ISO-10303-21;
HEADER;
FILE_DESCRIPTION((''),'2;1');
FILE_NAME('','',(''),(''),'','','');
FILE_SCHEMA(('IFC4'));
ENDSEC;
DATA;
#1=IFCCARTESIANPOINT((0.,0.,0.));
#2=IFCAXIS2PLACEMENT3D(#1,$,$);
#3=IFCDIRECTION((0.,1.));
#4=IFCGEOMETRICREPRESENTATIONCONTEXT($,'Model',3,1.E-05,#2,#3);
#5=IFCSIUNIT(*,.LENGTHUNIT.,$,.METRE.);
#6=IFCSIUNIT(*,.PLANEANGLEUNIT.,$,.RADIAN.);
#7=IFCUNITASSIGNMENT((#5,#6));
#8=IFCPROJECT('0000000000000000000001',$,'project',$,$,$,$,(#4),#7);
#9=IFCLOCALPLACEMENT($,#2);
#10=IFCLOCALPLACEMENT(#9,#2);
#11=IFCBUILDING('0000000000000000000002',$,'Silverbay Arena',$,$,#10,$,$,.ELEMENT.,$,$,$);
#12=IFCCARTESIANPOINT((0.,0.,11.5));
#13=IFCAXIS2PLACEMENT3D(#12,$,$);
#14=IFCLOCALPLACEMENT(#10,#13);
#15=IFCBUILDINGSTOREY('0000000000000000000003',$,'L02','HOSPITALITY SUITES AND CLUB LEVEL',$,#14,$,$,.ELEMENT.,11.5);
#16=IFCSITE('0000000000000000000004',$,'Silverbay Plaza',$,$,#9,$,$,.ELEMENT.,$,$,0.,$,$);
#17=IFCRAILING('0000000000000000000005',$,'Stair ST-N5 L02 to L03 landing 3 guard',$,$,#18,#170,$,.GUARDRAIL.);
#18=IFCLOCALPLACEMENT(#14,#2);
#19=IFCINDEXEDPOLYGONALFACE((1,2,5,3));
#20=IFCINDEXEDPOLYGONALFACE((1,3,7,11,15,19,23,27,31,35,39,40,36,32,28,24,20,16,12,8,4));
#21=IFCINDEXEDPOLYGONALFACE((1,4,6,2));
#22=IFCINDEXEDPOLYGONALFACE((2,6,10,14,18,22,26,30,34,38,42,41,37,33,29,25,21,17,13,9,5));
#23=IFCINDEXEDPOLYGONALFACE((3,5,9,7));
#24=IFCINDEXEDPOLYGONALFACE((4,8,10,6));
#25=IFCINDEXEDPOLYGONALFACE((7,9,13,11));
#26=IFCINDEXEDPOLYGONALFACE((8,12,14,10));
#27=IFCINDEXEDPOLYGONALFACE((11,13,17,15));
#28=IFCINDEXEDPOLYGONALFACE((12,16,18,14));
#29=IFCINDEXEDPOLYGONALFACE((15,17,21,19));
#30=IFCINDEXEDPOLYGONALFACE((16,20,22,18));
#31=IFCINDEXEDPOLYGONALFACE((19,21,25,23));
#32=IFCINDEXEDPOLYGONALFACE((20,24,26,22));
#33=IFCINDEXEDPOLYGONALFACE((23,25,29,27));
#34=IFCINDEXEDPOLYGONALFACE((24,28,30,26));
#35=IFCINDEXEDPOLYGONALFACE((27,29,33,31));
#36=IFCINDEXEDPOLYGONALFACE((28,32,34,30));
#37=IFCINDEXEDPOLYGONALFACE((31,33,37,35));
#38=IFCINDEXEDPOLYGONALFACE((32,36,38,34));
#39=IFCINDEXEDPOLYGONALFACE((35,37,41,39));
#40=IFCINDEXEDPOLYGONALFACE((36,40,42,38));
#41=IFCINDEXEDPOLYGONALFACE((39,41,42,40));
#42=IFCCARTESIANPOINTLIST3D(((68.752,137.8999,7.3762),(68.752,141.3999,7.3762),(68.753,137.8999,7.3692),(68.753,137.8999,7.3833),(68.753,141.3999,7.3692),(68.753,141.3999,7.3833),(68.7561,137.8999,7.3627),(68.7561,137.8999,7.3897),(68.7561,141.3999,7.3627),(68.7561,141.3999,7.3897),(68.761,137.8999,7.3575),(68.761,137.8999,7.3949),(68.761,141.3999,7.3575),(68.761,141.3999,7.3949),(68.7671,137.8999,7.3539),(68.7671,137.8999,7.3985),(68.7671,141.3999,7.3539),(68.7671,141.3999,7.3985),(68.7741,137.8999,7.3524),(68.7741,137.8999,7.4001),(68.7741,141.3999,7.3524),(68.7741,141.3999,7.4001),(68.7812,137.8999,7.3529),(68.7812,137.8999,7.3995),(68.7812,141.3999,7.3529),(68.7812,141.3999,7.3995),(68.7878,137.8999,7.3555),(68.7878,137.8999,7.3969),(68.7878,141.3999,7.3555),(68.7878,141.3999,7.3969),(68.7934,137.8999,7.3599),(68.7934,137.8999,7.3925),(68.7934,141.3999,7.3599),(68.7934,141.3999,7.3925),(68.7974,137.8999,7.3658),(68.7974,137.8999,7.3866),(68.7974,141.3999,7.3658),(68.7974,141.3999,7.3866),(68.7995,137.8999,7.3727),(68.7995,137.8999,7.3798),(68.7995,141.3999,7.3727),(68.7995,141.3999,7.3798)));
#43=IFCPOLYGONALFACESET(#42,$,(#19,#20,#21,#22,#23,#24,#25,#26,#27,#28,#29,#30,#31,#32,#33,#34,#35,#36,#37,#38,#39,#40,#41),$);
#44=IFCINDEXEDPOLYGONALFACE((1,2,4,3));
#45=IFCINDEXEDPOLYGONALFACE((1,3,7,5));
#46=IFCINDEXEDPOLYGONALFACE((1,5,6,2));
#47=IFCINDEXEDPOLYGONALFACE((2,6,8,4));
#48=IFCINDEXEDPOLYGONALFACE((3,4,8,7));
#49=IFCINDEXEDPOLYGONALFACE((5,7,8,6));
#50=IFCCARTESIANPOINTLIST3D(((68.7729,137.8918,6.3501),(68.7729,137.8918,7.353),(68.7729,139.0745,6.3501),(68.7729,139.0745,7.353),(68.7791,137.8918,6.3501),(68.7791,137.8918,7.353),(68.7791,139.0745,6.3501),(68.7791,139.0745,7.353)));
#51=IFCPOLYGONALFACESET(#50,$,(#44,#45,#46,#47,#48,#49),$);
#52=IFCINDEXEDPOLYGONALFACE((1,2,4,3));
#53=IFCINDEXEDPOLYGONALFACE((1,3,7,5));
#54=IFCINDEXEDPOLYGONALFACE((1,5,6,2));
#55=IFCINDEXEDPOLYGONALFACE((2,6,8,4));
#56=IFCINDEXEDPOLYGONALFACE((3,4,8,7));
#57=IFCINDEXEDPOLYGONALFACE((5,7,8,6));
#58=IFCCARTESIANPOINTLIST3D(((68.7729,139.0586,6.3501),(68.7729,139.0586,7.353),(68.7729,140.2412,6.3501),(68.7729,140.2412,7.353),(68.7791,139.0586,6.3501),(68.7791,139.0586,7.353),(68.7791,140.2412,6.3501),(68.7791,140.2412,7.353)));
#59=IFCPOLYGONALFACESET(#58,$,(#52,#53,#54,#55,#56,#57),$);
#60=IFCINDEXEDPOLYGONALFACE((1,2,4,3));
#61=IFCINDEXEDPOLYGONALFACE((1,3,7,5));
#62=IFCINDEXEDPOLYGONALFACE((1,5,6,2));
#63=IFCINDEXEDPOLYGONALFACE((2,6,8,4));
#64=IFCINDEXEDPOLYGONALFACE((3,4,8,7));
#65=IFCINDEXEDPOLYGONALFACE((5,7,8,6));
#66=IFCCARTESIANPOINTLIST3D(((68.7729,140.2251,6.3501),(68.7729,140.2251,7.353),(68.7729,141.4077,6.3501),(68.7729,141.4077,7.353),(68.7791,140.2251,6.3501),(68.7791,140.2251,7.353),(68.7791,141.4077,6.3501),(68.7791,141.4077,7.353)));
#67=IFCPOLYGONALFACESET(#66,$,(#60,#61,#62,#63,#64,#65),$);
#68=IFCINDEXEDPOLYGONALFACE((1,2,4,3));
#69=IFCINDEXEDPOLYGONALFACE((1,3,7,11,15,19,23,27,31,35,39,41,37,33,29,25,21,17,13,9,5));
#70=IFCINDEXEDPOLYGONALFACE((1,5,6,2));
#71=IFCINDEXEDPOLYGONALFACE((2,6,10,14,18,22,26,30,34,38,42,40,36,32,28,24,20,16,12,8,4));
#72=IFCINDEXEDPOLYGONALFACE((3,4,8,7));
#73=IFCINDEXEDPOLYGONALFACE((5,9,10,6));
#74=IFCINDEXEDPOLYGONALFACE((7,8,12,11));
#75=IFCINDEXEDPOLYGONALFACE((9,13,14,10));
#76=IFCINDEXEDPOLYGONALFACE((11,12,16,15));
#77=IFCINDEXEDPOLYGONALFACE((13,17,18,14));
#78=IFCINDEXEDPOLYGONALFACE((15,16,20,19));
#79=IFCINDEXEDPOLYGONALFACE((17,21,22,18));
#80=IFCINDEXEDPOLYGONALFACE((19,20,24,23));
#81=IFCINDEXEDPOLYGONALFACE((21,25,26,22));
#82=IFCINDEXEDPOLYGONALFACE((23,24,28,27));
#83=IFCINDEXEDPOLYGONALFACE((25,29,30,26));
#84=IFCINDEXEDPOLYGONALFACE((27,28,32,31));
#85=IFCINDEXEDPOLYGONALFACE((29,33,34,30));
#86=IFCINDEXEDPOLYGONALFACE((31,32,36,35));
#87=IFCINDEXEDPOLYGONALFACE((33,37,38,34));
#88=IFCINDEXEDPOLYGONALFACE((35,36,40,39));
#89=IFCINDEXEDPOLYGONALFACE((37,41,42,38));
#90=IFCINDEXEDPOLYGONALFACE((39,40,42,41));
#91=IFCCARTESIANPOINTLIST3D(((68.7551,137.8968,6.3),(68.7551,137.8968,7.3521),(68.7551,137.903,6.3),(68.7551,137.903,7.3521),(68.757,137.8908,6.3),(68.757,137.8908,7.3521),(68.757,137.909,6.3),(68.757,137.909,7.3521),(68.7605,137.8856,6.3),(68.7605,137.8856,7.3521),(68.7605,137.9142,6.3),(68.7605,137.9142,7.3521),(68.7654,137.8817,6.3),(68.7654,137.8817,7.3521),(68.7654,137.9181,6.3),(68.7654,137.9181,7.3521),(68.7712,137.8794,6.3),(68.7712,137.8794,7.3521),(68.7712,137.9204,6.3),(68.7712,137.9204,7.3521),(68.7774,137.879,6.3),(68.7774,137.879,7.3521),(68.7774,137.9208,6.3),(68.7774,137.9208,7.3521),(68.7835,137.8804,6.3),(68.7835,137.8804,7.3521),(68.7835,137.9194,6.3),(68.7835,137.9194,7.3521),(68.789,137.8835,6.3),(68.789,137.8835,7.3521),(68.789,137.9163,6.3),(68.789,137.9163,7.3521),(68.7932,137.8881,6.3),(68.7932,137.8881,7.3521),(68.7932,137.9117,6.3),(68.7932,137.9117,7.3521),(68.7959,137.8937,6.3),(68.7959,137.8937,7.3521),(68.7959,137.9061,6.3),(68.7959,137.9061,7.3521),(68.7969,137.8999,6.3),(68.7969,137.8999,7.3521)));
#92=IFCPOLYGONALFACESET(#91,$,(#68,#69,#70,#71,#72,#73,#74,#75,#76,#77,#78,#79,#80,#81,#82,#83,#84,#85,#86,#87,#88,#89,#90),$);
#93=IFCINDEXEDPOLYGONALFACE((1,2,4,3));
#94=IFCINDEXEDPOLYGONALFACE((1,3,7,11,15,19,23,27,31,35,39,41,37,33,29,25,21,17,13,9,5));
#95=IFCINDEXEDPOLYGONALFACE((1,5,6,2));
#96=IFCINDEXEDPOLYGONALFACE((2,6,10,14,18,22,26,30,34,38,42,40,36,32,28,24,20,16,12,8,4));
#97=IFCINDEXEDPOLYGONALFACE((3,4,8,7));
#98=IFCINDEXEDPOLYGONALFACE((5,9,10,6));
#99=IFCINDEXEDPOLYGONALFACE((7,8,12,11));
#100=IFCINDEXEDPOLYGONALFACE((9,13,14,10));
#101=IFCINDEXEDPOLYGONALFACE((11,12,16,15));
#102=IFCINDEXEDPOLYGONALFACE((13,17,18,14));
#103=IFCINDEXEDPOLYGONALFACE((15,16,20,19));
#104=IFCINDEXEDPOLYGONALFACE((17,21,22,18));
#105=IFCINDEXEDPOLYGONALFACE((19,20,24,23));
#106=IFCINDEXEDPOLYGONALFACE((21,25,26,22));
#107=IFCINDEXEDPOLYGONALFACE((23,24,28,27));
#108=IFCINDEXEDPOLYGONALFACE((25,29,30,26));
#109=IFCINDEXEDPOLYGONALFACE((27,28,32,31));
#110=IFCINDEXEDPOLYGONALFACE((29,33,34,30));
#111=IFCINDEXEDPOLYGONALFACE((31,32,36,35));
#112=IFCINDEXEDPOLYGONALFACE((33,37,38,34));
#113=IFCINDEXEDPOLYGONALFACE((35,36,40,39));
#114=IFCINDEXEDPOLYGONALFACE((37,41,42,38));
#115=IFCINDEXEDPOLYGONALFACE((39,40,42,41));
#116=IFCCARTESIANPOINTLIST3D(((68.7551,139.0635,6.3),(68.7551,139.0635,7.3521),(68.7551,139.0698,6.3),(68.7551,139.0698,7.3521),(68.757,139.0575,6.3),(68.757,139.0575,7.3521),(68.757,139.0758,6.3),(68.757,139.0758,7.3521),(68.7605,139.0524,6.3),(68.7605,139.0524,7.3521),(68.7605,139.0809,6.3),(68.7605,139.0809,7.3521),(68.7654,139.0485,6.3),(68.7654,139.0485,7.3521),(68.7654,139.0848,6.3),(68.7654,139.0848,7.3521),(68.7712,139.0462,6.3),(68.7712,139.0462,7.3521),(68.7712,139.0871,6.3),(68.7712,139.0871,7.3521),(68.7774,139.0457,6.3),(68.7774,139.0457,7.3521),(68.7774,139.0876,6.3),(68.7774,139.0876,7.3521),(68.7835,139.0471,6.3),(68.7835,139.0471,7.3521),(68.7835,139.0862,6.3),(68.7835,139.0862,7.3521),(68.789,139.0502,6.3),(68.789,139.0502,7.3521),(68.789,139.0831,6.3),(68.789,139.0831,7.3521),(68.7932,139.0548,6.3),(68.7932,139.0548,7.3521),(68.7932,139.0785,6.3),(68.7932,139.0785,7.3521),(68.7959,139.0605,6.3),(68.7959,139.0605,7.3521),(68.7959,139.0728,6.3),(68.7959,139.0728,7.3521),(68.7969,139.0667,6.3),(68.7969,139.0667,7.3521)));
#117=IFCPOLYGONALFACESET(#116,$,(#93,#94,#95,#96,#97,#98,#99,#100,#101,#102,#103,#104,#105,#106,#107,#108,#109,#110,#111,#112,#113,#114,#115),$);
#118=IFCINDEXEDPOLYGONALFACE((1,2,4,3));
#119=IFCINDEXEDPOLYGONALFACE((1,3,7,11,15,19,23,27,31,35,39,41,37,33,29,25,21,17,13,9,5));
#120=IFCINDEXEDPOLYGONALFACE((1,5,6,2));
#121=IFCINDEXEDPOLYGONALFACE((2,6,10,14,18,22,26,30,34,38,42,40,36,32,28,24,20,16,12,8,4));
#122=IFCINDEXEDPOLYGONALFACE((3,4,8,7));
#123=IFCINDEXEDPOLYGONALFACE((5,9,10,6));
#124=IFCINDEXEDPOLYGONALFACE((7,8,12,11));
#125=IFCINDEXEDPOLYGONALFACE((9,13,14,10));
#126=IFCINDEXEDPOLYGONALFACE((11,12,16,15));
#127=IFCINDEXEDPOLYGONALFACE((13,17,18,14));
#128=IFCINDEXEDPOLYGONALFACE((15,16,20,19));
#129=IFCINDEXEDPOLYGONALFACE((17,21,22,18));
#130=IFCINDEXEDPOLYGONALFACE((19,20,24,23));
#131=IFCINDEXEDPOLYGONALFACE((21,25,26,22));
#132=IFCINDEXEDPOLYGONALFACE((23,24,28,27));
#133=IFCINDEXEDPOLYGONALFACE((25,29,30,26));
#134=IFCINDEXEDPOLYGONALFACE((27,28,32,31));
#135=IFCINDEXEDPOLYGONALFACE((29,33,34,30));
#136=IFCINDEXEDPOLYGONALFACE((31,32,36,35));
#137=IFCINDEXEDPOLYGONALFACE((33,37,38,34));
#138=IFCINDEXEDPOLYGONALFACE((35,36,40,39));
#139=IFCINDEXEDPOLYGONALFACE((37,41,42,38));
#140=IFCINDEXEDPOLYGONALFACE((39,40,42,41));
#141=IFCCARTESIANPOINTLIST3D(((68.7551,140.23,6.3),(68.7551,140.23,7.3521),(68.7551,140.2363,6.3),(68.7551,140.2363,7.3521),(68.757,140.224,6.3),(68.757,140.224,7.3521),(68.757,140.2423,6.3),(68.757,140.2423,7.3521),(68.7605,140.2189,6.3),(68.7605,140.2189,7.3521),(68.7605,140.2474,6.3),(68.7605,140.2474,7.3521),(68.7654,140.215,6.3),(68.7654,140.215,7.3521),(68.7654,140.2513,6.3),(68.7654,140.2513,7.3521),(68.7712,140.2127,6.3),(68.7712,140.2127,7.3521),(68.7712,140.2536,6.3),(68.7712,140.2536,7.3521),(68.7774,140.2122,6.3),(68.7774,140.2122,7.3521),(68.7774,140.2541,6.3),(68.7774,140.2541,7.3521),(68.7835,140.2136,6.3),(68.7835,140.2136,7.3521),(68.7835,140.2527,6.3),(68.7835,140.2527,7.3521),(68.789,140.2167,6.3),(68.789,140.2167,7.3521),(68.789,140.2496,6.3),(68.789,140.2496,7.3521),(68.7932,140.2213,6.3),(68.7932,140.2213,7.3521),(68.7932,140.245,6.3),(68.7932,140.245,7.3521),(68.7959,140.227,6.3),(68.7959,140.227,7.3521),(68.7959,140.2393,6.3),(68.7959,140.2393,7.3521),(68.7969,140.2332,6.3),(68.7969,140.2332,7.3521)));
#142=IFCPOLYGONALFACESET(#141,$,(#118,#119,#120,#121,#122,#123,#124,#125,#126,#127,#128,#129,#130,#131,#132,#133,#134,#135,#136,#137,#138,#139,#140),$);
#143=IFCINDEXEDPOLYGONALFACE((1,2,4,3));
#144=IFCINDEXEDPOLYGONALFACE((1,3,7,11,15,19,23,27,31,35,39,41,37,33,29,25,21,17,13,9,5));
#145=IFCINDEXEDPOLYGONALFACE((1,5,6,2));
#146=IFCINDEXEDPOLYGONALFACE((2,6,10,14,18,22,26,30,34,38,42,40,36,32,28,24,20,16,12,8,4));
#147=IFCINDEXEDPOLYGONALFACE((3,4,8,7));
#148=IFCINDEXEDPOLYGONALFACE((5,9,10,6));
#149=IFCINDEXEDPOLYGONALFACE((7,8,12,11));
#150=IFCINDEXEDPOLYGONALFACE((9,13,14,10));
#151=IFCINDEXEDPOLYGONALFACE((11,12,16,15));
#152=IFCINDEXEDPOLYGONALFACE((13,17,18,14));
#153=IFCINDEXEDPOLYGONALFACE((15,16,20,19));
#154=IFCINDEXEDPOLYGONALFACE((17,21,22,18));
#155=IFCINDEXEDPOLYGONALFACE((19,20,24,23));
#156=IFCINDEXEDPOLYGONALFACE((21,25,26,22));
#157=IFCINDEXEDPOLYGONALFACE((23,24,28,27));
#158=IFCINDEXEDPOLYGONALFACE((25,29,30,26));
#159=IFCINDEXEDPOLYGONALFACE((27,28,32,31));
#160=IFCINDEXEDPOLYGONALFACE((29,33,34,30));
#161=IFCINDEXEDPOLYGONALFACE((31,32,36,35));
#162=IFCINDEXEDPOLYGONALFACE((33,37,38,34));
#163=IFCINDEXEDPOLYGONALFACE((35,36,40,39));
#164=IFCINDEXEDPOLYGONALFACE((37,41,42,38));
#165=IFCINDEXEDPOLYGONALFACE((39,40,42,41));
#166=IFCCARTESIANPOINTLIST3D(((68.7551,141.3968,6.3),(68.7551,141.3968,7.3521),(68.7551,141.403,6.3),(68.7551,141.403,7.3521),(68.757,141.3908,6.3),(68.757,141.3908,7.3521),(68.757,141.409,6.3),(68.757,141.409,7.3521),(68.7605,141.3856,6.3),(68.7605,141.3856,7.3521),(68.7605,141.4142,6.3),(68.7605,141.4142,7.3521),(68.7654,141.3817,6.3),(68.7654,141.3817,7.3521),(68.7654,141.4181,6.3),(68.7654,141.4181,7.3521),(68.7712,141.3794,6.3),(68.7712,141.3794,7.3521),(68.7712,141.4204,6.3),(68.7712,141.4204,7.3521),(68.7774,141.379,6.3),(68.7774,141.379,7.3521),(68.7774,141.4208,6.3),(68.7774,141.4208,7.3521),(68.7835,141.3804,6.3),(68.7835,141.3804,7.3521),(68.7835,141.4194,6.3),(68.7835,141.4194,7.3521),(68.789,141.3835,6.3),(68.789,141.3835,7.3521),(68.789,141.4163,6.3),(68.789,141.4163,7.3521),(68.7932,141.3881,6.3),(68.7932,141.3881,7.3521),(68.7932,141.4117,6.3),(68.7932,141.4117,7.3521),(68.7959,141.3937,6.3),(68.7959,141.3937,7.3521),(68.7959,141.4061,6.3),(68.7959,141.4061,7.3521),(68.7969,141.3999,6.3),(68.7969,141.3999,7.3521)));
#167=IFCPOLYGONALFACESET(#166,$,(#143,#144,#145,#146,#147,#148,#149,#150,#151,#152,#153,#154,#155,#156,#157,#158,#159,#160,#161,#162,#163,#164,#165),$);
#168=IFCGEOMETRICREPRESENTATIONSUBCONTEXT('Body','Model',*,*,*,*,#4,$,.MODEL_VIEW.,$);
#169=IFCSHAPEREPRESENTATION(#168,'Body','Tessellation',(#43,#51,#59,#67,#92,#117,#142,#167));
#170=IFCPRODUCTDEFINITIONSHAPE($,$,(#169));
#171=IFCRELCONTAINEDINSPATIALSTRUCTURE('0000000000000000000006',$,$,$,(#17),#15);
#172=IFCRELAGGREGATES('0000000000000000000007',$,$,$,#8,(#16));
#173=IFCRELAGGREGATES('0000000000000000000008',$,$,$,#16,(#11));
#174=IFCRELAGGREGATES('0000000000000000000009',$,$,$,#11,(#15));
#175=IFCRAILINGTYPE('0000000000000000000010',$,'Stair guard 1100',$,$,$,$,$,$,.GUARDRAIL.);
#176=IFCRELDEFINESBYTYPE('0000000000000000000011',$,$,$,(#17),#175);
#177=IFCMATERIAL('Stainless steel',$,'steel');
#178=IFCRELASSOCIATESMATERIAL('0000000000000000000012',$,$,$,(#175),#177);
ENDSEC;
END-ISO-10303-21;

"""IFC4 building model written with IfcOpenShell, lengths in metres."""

from ifc_helpers import new_model, si_unit, direction, frame, origin, origin_2d, place, context, subcontext, project, spatial, polyline, circle, outline, extrude, material, type_object, element, save


model = new_model("IFC4")

# Units and contexts
model_context = context("Model", 3, precision=1e-05, world=origin(), true_north=direction((0.0, 1.0)))
body_context = subcontext(model_context, "Body", "Model", "MODEL_VIEW")
ifc_project = project(units=[si_unit("LENGTHUNIT", "METRE"), si_unit("PLANEANGLEUNIT", "RADIAN")], contexts=[model_context])

# Site, building, storey
site_placement = place(None, origin())
site = spatial("IfcSite", under=ifc_project, at=site_placement, Name="Silverbay Plaza", CompositionType="ELEMENT", RefElevation=0.0)
building_placement = place(site_placement, origin())
building = spatial("IfcBuilding", under=site, at=building_placement, Name="Silverbay Arena", CompositionType="ELEMENT")
storey_placement = place(building_placement, frame((0.0, 0.0, 11.5)))
storey = spatial("IfcBuildingStorey", under=building, at=storey_placement, Name="L02", Description="HOSPITALITY SUITES AND CLUB LEVEL", CompositionType="ELEMENT", Elevation=11.5)

# Railing
ifc_material_1 = material(Name="Stainless steel", Category="steel")
railing_type_1 = type_object("IfcRailingType", Name="Stair guard 1100", PredefinedType="GUARDRAIL", material=ifc_material_1)
for number, where, name in (
    (1, (68.7759, 137.8999, 6.3), "Stair ST-N5 L02 to L03 landing 3 guard"),
):
    element("IfcRailing", number, at=place(storey_placement, frame(where)), inside=storey, type_object=railing_type_1, Name=name, PredefinedType="GUARDRAIL", context=body_context, shape_type="SweptSolid", body=[
        extrude(circle(Radius=0.0239, at=origin_2d()), frame((0.0, 0.0, 1.0762), z_axis=(0.0, 1.0, 0.0), x_axis=(-1.0, 0.0, 0.0)), (0.0, 0.0, 1.0), 3.5),
        extrude(outline(polyline([(-0.0081, 0.05), (1.1746, 0.05), (1.1746, 1.053), (-0.0081, 1.053), (-0.0081, 0.05)])), frame((-0.0029, 0.0, 0.0), z_axis=(1.0, 0.0, 0.0), x_axis=(0.0, 1.0, 0.0)), (0.0, 0.0, 1.0), 0.0061),
        extrude(outline(polyline([(-0.0081, 0.05), (1.1746, 0.05), (1.1746, 1.053), (-0.0081, 1.053), (-0.0081, 0.05)])), frame((-0.0029, 1.1667, 0.0), z_axis=(1.0, 0.0, 0.0), x_axis=(0.0, 1.0, 0.0)), (0.0, 0.0, 1.0), 0.0061),
        extrude(outline(polyline([(-0.0081, 0.05), (1.1746, 0.05), (1.1746, 1.053), (-0.0081, 1.053), (-0.0081, 0.05)])), frame((-0.0029, 2.3333, 0.0), z_axis=(1.0, 0.0, 0.0), x_axis=(0.0, 1.0, 0.0)), (0.0, 0.0, 1.0), 0.0061),
        extrude(circle(Radius=0.021, at=origin_2d()), origin(), (0.0, 0.0, 1.0), 1.052),
        extrude(circle(Radius=0.021, at=origin_2d()), frame((0.0, 1.1667, 0.0)), (0.0, 0.0, 1.0), 1.052),
        extrude(circle(Radius=0.021, at=origin_2d()), frame((0.0, 2.3333, 0.0)), (0.0, 0.0, 1.0), 1.052),
        extrude(circle(Radius=0.021, at=origin_2d()), frame((0.0, 3.5, 0.0)), (0.0, 0.0, 1.0), 1.052),
    ])

save(model, "model.ifc")
